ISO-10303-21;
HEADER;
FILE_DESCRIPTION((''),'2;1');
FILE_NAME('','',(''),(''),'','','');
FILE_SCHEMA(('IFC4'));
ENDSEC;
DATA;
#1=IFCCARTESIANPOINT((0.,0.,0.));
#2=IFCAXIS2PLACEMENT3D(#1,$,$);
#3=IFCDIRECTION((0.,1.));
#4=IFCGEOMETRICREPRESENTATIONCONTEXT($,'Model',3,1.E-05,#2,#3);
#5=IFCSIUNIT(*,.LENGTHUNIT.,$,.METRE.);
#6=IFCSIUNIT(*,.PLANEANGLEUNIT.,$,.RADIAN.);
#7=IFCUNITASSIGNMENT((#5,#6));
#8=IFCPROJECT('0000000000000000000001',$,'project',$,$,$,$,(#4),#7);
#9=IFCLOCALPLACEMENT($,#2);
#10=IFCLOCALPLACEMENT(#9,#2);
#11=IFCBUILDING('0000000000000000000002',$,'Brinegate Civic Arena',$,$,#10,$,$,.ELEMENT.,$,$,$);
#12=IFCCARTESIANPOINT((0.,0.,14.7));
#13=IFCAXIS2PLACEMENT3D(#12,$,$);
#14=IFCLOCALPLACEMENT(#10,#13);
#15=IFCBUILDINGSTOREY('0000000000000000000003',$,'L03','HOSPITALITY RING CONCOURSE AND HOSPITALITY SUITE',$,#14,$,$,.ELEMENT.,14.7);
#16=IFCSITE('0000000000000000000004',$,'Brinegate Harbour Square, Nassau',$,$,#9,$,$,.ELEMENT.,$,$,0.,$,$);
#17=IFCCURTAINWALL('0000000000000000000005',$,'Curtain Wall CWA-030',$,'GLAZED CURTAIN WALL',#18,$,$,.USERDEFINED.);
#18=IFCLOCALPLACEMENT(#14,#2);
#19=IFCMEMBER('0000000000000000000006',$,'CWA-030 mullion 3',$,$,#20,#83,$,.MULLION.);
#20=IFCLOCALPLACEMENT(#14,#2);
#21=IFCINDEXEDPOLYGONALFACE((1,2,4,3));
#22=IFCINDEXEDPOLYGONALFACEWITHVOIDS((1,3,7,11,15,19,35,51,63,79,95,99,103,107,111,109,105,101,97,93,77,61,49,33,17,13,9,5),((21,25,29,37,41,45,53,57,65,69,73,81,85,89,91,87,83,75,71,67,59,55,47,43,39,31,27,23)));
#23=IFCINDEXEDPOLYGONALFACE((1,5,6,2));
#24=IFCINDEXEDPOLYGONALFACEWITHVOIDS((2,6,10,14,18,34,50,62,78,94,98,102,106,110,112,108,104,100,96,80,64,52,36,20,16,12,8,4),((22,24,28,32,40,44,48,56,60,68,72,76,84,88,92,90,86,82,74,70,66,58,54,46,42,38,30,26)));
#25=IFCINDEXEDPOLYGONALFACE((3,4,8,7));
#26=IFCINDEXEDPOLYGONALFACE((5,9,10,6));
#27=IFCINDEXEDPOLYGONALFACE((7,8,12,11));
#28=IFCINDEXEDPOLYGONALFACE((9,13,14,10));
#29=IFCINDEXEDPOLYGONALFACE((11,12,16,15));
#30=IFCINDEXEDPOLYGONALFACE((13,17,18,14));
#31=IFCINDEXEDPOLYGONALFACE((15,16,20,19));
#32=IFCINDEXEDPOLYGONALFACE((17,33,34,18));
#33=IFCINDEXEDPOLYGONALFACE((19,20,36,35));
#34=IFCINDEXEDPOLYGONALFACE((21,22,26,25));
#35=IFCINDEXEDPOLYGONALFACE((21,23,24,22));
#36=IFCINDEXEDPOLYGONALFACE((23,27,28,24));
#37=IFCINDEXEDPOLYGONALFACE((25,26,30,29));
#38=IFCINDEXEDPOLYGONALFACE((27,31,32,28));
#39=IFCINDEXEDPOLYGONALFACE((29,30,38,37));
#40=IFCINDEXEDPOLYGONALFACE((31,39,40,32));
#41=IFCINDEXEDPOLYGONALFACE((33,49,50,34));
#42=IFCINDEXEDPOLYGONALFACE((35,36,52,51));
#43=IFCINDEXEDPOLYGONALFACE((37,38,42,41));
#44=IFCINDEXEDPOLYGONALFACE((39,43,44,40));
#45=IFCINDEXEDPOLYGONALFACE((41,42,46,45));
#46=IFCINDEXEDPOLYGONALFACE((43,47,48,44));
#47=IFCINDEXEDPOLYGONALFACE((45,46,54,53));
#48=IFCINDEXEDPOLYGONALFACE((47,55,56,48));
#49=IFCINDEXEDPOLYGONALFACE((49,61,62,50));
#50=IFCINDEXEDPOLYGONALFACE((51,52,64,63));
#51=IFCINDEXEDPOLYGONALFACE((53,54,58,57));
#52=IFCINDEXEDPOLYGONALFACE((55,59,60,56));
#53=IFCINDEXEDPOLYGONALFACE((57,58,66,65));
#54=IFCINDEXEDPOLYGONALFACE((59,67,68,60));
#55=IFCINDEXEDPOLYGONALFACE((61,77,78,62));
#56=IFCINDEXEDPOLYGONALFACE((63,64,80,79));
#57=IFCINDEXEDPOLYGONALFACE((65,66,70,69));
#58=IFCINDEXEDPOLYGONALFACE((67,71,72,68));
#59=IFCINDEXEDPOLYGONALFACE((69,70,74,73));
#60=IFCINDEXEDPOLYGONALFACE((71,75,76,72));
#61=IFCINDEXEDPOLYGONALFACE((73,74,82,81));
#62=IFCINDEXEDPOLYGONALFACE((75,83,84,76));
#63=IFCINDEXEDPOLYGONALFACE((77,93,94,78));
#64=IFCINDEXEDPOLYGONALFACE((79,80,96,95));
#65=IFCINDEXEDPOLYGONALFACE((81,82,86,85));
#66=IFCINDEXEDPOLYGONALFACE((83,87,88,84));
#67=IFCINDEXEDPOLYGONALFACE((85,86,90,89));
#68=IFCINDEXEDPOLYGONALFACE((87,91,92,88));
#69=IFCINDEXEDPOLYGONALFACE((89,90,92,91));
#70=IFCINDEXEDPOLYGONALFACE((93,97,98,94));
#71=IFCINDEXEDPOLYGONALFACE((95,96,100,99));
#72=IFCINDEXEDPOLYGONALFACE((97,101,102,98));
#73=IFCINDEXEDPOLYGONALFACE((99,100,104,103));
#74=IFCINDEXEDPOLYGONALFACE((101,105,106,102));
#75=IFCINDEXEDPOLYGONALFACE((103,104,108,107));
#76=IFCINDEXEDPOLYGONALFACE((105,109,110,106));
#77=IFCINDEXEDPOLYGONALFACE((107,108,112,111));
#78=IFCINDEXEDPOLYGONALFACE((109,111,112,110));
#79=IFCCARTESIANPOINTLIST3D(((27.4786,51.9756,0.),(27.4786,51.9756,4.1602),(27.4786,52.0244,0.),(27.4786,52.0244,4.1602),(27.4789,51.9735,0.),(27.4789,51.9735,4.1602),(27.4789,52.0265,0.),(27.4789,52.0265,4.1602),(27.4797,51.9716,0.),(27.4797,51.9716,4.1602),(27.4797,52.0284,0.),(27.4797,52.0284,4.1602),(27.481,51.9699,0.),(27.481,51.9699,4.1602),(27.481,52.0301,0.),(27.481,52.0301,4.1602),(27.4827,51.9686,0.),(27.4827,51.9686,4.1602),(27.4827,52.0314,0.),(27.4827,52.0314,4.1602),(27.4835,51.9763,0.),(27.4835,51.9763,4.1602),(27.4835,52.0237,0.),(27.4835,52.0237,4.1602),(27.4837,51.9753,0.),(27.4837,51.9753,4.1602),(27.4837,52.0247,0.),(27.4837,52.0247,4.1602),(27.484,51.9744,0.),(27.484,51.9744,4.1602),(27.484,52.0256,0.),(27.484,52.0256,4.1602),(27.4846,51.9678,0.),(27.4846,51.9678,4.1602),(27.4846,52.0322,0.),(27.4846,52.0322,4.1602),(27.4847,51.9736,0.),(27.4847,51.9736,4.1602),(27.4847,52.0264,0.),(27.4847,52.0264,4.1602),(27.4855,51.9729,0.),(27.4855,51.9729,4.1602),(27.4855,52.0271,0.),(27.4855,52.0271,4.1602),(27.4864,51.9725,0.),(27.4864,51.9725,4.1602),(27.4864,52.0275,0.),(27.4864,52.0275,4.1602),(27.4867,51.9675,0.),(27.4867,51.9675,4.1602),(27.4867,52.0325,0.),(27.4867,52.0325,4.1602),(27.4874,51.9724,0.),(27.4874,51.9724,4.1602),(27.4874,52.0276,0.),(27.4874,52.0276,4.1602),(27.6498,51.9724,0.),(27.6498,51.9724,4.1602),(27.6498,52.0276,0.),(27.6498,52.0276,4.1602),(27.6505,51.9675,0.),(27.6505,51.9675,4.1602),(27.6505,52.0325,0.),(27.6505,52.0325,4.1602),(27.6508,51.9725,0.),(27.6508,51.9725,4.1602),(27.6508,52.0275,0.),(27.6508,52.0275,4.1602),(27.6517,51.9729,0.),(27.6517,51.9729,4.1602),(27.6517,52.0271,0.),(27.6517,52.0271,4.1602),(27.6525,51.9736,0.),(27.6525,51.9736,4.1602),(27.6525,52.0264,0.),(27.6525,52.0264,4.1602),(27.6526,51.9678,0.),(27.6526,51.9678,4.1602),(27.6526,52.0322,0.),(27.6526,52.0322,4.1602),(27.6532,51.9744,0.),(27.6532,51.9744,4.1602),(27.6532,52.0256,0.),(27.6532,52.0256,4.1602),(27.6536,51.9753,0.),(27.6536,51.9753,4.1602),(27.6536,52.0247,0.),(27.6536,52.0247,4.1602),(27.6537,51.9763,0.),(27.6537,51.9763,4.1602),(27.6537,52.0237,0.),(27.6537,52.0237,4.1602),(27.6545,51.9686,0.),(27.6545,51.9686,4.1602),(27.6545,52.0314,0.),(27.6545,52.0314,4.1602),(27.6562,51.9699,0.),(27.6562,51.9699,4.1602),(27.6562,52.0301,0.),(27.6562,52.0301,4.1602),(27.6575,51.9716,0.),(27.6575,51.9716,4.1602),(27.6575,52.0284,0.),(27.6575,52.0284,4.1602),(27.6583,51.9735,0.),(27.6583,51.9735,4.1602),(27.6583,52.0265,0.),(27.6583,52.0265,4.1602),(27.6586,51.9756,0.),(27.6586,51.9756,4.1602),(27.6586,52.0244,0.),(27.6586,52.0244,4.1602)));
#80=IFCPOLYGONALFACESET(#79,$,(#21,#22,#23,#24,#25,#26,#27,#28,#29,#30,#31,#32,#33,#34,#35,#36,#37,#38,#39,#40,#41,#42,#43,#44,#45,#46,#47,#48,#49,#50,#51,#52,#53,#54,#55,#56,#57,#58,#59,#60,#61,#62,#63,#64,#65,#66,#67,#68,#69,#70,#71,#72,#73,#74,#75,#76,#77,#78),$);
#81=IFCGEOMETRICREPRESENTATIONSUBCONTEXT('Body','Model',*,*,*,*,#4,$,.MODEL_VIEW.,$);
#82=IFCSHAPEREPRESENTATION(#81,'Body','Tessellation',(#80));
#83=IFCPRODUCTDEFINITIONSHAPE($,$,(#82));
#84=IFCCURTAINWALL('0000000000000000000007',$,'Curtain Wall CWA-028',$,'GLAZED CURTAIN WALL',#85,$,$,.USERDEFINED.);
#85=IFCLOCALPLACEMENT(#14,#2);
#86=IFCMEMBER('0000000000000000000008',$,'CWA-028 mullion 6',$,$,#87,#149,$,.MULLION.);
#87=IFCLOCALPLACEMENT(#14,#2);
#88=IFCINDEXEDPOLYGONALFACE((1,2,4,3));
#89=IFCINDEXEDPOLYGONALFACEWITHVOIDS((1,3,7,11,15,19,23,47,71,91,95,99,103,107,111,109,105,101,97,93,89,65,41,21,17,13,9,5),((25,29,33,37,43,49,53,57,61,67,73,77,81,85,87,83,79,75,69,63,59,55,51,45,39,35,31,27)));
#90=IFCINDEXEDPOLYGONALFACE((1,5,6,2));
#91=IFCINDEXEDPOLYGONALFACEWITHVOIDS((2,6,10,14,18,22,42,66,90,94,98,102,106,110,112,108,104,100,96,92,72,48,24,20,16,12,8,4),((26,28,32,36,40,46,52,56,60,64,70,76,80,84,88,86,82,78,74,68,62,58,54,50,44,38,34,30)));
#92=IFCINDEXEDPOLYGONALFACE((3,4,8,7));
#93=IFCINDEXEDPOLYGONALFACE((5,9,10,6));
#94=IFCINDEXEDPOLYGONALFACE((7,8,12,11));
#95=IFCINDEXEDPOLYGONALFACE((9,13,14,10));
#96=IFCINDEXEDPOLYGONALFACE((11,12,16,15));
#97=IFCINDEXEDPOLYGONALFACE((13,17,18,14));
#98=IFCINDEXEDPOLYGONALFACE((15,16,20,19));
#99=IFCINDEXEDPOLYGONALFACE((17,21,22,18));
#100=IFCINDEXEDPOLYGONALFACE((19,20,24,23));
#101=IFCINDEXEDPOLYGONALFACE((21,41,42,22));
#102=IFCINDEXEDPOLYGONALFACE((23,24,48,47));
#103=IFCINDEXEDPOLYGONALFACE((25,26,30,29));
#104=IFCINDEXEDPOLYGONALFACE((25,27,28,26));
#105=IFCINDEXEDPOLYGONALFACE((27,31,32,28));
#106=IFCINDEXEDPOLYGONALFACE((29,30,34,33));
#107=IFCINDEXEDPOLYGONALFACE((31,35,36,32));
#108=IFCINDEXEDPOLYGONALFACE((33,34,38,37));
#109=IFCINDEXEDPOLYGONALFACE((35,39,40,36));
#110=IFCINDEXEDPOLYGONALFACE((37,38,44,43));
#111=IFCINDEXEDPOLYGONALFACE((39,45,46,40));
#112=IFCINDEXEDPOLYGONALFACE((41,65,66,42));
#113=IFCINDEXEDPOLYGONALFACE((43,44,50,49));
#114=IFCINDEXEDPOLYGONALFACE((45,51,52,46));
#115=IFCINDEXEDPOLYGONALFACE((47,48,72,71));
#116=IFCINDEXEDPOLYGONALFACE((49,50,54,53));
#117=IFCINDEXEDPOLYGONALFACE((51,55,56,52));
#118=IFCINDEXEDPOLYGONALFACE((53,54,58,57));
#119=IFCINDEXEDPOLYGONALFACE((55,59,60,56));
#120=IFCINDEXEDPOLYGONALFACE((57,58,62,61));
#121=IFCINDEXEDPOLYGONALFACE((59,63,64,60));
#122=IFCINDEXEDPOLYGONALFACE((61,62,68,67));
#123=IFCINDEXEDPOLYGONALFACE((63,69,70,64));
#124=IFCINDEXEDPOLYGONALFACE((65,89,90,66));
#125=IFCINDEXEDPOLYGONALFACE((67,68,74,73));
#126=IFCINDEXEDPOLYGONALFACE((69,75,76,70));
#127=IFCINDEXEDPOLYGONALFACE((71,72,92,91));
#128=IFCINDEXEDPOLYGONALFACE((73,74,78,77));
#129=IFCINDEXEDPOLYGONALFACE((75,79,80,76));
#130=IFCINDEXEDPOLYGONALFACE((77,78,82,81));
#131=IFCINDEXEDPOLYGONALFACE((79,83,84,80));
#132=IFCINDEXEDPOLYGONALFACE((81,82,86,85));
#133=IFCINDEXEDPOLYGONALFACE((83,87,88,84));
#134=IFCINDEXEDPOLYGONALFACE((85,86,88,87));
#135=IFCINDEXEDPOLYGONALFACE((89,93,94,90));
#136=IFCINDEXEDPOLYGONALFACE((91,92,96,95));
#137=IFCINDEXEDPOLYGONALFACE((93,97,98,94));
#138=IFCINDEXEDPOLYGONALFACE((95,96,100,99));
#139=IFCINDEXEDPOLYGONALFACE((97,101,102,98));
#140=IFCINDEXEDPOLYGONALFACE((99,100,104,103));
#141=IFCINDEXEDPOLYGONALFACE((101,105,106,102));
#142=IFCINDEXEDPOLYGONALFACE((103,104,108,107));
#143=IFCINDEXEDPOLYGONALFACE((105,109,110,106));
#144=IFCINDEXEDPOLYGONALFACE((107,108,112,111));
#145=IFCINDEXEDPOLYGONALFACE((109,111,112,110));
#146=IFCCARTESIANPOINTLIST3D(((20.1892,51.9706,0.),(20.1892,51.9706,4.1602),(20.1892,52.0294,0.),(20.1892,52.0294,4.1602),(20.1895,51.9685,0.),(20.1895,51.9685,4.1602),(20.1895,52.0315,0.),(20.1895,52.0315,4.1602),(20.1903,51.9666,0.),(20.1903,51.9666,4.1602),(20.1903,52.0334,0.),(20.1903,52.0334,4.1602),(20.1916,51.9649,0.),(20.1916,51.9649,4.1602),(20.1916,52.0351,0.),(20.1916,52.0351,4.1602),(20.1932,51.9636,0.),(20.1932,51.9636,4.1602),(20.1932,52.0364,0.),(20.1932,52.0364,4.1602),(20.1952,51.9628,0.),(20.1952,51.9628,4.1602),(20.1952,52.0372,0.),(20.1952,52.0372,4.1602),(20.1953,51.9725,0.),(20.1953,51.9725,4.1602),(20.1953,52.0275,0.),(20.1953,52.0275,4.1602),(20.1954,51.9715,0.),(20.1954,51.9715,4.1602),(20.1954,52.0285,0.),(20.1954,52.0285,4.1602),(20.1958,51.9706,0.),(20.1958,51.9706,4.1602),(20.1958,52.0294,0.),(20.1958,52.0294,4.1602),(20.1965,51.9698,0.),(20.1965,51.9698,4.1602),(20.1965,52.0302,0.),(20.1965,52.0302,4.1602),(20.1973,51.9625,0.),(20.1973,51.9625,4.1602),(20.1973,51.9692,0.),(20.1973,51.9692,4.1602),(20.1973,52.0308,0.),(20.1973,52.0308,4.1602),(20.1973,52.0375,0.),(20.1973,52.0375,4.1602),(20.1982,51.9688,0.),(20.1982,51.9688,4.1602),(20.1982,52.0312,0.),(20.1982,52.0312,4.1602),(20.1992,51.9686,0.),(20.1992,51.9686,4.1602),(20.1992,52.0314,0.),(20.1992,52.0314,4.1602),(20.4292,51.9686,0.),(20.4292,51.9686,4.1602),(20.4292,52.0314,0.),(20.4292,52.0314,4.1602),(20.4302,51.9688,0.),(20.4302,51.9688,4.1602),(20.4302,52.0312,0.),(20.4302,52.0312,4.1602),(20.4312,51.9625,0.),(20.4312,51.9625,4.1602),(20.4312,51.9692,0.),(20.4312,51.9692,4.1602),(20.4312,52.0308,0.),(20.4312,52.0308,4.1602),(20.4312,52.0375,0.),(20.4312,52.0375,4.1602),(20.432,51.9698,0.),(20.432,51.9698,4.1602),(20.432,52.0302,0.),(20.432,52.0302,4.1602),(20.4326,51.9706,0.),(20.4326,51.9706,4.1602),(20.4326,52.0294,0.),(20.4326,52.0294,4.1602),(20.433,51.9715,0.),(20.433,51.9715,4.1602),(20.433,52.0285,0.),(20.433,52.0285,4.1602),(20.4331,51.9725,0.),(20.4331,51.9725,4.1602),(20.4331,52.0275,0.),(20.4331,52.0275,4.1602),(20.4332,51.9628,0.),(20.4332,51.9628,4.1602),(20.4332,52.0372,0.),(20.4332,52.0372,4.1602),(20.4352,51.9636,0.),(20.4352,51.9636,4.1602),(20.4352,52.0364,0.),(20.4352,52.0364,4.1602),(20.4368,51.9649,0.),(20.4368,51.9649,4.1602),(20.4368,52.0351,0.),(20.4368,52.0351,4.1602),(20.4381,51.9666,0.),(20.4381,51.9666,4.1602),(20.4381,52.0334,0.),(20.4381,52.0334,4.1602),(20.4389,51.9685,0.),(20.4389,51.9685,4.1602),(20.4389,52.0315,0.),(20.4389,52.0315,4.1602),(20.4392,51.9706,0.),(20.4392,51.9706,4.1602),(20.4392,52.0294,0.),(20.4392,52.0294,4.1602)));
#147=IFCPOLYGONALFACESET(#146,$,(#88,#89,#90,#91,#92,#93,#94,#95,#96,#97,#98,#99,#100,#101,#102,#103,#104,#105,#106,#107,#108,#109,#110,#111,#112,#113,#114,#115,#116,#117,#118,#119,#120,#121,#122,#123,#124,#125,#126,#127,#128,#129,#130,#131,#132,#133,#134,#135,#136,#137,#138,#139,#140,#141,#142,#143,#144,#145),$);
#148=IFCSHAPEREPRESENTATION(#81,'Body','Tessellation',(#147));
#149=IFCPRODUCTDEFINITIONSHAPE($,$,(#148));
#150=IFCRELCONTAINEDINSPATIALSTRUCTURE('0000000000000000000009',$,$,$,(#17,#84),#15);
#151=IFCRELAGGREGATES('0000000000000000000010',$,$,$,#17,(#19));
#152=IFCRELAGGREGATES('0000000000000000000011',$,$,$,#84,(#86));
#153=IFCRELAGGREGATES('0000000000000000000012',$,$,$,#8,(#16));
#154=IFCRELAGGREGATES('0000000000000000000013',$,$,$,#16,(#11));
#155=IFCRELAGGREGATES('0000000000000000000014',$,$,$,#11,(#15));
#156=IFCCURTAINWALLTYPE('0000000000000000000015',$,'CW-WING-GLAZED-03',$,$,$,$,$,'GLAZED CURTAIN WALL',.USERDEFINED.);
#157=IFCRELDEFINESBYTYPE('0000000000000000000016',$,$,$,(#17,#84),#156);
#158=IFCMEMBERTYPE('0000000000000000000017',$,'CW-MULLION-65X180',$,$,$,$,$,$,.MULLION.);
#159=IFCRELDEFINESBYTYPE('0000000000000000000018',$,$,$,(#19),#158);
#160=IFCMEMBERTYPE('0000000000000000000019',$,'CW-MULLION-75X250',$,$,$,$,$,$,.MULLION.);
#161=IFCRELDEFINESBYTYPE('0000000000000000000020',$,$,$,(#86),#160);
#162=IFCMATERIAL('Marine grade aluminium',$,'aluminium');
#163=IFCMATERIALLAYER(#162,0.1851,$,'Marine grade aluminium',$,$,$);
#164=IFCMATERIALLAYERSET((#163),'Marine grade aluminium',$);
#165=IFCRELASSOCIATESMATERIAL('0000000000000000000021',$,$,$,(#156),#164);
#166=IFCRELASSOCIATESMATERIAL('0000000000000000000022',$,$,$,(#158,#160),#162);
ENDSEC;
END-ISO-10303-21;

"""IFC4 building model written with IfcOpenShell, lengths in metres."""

from ifc_helpers import new_model, si_unit, direction, frame, origin, origin_2d, place, context, subcontext, project, spatial, hollow_rectangle, extrude, material, layer, layer_set, material_profile, profile_set, type_object, element, aggregate, save


model = new_model("IFC4")

# Units and contexts
model_context = context("Model", 3, precision=1e-05, world=origin(), true_north=direction((0.0, 1.0)))
body_context = subcontext(model_context, "Body", "Model", "MODEL_VIEW")
ifc_project = project(units=[si_unit("LENGTHUNIT", "METRE"), si_unit("PLANEANGLEUNIT", "RADIAN")], contexts=[model_context])

# Site, building, storey
site_placement = place(None, origin())
site = spatial("IfcSite", under=ifc_project, at=site_placement, Name="Brinegate Harbour Square, Nassau", CompositionType="ELEMENT", RefElevation=0.0)
building_placement = place(site_placement, origin())
building = spatial("IfcBuilding", under=site, at=building_placement, Name="Brinegate Civic Arena", CompositionType="ELEMENT")
storey_placement = place(building_placement, frame((0.0, 0.0, 14.7)))
storey = spatial("IfcBuildingStorey", under=building, at=storey_placement, Name="L03", Description="HOSPITALITY RING CONCOURSE AND HOSPITALITY SUITE", CompositionType="ELEMENT", Elevation=14.7)

# Curtain walls, members
ifc_material_1 = material(Name="Marine grade aluminium", Category="aluminium")
ifc_layer_1 = layer(ifc_material_1, 0.1851, Name="Marine grade aluminium")
ifc_layer_set_1 = layer_set([ifc_layer_1], Name="Marine grade aluminium")
curtain_wall_type = type_object("IfcCurtainWallType", Name="CW-WING-GLAZED-03", ElementType="GLAZED CURTAIN WALL", PredefinedType="USERDEFINED", material=ifc_layer_set_1)
curtain_wall_1_placement = place(storey_placement, origin())
curtain_wall_1 = element("IfcCurtainWall", 1, at=curtain_wall_1_placement, inside=storey, type_object=curtain_wall_type, Name="Curtain Wall CWA-030", ObjectType="GLAZED CURTAIN WALL", PredefinedType="USERDEFINED")
ifc_material_profile_1 = material_profile(ifc_material_1, hollow_rectangle(XDim=0.0649, YDim=0.1799, WallThickness=0.0049, InnerFilletRadius=0.0039, OuterFilletRadius=0.0081, at=origin_2d()), Name="MUL65X180")
ifc_profile_set_1 = profile_set([ifc_material_profile_1], Name="Marine grade aluminium")
member_type_1 = type_object("IfcMemberType", Name="CW-MULLION-65X180", PredefinedType="MULLION", material=ifc_profile_set_1)
member_1_placement = place(storey_placement, frame((27.5686, 52.0, 0.0), z_axis=(0.0, 0.0, 1.0), x_axis=(0.0, 1.0, 0.0)))
member_1 = element("IfcMember", 2, at=member_1_placement, type_object=member_type_1, Name="CWA-030 mullion 3", PredefinedType="MULLION", context=body_context, shape_type="SweptSolid", body=[
    extrude(hollow_rectangle(XDim=0.0649, YDim=0.1799, WallThickness=0.0049, InnerFilletRadius=0.0039, OuterFilletRadius=0.0081, at=origin_2d()), origin(), (0.0, 0.0, 1.0), 4.1602),
])
curtain_wall_2_placement = place(storey_placement, origin())
curtain_wall_2 = element("IfcCurtainWall", 3, at=curtain_wall_2_placement, inside=storey, type_object=curtain_wall_type, Name="Curtain Wall CWA-028", ObjectType="GLAZED CURTAIN WALL", PredefinedType="USERDEFINED")
ifc_material_profile_2 = material_profile(ifc_material_1, hollow_rectangle(XDim=0.075, YDim=0.25, WallThickness=0.0061, InnerFilletRadius=0.0039, OuterFilletRadius=0.0081, at=origin_2d()), Name="MUL75X250")
ifc_profile_set_2 = profile_set([ifc_material_profile_2], Name="Marine grade aluminium")
member_type_2 = type_object("IfcMemberType", Name="CW-MULLION-75X250", PredefinedType="MULLION", material=ifc_profile_set_2)
member_2_placement = place(storey_placement, frame((20.3142, 52.0, 0.0), z_axis=(0.0, 0.0, 1.0), x_axis=(0.0, 1.0, 0.0)))
member_2 = element("IfcMember", 4, at=member_2_placement, type_object=member_type_2, Name="CWA-028 mullion 6", PredefinedType="MULLION", context=body_context, shape_type="SweptSolid", body=[
    extrude(hollow_rectangle(XDim=0.075, YDim=0.25, WallThickness=0.0061, InnerFilletRadius=0.0039, OuterFilletRadius=0.0081, at=origin_2d()), origin(), (0.0, 0.0, 1.0), 4.1602),
])

aggregate(curtain_wall_1, [member_1])
aggregate(curtain_wall_2, [member_2])

save(model, "model.ifc")
